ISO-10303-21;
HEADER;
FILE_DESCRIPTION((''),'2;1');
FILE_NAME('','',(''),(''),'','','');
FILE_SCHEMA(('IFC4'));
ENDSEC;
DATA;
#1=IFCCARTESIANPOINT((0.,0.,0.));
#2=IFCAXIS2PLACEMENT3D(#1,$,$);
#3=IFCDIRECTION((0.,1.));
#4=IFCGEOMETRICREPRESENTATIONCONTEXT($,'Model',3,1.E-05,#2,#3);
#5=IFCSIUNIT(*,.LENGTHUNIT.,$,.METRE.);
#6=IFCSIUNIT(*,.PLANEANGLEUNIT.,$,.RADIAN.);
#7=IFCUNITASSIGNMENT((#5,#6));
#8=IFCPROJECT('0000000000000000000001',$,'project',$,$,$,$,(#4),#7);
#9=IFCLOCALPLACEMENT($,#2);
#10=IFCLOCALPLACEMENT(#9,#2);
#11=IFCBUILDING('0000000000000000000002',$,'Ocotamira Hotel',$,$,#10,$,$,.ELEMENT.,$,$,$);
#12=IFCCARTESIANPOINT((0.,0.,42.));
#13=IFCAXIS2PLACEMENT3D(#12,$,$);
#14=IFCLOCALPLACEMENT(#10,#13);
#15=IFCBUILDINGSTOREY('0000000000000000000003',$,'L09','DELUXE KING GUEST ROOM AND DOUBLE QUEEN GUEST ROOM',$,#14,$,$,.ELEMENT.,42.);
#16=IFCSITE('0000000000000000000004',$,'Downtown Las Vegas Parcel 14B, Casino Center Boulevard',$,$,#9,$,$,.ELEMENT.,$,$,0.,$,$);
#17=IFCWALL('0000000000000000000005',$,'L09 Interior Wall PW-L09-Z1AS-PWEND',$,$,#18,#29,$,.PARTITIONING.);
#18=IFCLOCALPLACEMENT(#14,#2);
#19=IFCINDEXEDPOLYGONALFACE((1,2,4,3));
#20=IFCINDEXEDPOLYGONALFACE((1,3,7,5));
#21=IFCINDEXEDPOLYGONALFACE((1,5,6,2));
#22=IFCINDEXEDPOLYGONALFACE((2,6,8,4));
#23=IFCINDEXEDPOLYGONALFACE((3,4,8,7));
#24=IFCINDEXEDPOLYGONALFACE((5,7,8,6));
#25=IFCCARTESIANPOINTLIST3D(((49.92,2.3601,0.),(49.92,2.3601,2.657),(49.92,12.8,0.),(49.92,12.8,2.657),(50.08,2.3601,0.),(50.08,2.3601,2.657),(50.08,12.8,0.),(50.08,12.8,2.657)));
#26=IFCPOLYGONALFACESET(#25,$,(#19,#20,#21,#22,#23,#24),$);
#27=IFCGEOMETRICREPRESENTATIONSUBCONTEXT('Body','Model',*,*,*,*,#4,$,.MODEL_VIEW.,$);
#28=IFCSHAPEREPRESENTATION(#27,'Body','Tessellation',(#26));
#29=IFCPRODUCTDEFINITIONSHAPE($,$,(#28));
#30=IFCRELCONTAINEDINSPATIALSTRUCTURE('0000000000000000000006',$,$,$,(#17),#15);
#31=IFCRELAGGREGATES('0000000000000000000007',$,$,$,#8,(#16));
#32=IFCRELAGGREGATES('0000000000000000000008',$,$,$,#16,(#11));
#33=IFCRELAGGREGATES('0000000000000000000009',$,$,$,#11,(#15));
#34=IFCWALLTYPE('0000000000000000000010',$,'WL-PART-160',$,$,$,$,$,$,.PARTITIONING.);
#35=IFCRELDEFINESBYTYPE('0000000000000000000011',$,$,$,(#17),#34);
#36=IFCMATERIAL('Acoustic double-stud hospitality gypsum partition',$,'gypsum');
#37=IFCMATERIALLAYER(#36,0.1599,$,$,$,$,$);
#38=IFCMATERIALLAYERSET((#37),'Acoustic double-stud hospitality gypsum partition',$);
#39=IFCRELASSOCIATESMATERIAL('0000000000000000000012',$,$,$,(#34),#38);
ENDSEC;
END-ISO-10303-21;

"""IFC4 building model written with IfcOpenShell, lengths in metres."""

from ifc_helpers import new_model, si_unit, direction, frame, frame_2d, origin, place, context, subcontext, project, spatial, rectangle, extrude, material, layer, layer_set, type_object, element, save


model = new_model("IFC4")

# Units and contexts
model_context = context("Model", 3, precision=1e-05, world=origin(), true_north=direction((0.0, 1.0)))
body_context = subcontext(model_context, "Body", "Model", "MODEL_VIEW")
ifc_project = project(units=[si_unit("LENGTHUNIT", "METRE"), si_unit("PLANEANGLEUNIT", "RADIAN")], contexts=[model_context])

# Site, building, storey
site_placement = place(None, origin())
site = spatial("IfcSite", under=ifc_project, at=site_placement, Name="Downtown Las Vegas Parcel 14B, Casino Center Boulevard", CompositionType="ELEMENT", RefElevation=0.0)
building_placement = place(site_placement, origin())
building = spatial("IfcBuilding", under=site, at=building_placement, Name="Ocotamira Hotel", CompositionType="ELEMENT")
storey_placement = place(building_placement, frame((0.0, 0.0, 42.0)))
storey = spatial("IfcBuildingStorey", under=building, at=storey_placement, Name="L09", Description="DELUXE KING GUEST ROOM AND DOUBLE QUEEN GUEST ROOM", CompositionType="ELEMENT", Elevation=42.0)

# Wall
ifc_material_1 = material(Name="Acoustic double-stud hospitality gypsum partition", Category="gypsum")
ifc_layer_1 = layer(ifc_material_1, 0.1599)
ifc_layer_set_1 = layer_set([ifc_layer_1], Name="Acoustic double-stud hospitality gypsum partition")
wall_type_1 = type_object("IfcWallType", Name="WL-PART-160", PredefinedType="PARTITIONING", material=ifc_layer_set_1)
wall_1_placement = place(storey_placement, frame((50.0, 2.3601, 0.0), z_axis=(0.0, 0.0, 1.0), x_axis=(0.0, 1.0, 0.0)))
element("IfcWall", 1, at=wall_1_placement, inside=storey, type_object=wall_type_1, Name="L09 Interior Wall PW-L09-Z1AS-PWEND", PredefinedType="PARTITIONING", context=body_context, shape_type="SweptSolid", body=[
    extrude(rectangle(XDim=10.4399, YDim=0.1599, at=frame_2d((5.22, 0.0))), origin(), (0.0, 0.0, 1.0), 2.657),
])

save(model, "model.ifc")
